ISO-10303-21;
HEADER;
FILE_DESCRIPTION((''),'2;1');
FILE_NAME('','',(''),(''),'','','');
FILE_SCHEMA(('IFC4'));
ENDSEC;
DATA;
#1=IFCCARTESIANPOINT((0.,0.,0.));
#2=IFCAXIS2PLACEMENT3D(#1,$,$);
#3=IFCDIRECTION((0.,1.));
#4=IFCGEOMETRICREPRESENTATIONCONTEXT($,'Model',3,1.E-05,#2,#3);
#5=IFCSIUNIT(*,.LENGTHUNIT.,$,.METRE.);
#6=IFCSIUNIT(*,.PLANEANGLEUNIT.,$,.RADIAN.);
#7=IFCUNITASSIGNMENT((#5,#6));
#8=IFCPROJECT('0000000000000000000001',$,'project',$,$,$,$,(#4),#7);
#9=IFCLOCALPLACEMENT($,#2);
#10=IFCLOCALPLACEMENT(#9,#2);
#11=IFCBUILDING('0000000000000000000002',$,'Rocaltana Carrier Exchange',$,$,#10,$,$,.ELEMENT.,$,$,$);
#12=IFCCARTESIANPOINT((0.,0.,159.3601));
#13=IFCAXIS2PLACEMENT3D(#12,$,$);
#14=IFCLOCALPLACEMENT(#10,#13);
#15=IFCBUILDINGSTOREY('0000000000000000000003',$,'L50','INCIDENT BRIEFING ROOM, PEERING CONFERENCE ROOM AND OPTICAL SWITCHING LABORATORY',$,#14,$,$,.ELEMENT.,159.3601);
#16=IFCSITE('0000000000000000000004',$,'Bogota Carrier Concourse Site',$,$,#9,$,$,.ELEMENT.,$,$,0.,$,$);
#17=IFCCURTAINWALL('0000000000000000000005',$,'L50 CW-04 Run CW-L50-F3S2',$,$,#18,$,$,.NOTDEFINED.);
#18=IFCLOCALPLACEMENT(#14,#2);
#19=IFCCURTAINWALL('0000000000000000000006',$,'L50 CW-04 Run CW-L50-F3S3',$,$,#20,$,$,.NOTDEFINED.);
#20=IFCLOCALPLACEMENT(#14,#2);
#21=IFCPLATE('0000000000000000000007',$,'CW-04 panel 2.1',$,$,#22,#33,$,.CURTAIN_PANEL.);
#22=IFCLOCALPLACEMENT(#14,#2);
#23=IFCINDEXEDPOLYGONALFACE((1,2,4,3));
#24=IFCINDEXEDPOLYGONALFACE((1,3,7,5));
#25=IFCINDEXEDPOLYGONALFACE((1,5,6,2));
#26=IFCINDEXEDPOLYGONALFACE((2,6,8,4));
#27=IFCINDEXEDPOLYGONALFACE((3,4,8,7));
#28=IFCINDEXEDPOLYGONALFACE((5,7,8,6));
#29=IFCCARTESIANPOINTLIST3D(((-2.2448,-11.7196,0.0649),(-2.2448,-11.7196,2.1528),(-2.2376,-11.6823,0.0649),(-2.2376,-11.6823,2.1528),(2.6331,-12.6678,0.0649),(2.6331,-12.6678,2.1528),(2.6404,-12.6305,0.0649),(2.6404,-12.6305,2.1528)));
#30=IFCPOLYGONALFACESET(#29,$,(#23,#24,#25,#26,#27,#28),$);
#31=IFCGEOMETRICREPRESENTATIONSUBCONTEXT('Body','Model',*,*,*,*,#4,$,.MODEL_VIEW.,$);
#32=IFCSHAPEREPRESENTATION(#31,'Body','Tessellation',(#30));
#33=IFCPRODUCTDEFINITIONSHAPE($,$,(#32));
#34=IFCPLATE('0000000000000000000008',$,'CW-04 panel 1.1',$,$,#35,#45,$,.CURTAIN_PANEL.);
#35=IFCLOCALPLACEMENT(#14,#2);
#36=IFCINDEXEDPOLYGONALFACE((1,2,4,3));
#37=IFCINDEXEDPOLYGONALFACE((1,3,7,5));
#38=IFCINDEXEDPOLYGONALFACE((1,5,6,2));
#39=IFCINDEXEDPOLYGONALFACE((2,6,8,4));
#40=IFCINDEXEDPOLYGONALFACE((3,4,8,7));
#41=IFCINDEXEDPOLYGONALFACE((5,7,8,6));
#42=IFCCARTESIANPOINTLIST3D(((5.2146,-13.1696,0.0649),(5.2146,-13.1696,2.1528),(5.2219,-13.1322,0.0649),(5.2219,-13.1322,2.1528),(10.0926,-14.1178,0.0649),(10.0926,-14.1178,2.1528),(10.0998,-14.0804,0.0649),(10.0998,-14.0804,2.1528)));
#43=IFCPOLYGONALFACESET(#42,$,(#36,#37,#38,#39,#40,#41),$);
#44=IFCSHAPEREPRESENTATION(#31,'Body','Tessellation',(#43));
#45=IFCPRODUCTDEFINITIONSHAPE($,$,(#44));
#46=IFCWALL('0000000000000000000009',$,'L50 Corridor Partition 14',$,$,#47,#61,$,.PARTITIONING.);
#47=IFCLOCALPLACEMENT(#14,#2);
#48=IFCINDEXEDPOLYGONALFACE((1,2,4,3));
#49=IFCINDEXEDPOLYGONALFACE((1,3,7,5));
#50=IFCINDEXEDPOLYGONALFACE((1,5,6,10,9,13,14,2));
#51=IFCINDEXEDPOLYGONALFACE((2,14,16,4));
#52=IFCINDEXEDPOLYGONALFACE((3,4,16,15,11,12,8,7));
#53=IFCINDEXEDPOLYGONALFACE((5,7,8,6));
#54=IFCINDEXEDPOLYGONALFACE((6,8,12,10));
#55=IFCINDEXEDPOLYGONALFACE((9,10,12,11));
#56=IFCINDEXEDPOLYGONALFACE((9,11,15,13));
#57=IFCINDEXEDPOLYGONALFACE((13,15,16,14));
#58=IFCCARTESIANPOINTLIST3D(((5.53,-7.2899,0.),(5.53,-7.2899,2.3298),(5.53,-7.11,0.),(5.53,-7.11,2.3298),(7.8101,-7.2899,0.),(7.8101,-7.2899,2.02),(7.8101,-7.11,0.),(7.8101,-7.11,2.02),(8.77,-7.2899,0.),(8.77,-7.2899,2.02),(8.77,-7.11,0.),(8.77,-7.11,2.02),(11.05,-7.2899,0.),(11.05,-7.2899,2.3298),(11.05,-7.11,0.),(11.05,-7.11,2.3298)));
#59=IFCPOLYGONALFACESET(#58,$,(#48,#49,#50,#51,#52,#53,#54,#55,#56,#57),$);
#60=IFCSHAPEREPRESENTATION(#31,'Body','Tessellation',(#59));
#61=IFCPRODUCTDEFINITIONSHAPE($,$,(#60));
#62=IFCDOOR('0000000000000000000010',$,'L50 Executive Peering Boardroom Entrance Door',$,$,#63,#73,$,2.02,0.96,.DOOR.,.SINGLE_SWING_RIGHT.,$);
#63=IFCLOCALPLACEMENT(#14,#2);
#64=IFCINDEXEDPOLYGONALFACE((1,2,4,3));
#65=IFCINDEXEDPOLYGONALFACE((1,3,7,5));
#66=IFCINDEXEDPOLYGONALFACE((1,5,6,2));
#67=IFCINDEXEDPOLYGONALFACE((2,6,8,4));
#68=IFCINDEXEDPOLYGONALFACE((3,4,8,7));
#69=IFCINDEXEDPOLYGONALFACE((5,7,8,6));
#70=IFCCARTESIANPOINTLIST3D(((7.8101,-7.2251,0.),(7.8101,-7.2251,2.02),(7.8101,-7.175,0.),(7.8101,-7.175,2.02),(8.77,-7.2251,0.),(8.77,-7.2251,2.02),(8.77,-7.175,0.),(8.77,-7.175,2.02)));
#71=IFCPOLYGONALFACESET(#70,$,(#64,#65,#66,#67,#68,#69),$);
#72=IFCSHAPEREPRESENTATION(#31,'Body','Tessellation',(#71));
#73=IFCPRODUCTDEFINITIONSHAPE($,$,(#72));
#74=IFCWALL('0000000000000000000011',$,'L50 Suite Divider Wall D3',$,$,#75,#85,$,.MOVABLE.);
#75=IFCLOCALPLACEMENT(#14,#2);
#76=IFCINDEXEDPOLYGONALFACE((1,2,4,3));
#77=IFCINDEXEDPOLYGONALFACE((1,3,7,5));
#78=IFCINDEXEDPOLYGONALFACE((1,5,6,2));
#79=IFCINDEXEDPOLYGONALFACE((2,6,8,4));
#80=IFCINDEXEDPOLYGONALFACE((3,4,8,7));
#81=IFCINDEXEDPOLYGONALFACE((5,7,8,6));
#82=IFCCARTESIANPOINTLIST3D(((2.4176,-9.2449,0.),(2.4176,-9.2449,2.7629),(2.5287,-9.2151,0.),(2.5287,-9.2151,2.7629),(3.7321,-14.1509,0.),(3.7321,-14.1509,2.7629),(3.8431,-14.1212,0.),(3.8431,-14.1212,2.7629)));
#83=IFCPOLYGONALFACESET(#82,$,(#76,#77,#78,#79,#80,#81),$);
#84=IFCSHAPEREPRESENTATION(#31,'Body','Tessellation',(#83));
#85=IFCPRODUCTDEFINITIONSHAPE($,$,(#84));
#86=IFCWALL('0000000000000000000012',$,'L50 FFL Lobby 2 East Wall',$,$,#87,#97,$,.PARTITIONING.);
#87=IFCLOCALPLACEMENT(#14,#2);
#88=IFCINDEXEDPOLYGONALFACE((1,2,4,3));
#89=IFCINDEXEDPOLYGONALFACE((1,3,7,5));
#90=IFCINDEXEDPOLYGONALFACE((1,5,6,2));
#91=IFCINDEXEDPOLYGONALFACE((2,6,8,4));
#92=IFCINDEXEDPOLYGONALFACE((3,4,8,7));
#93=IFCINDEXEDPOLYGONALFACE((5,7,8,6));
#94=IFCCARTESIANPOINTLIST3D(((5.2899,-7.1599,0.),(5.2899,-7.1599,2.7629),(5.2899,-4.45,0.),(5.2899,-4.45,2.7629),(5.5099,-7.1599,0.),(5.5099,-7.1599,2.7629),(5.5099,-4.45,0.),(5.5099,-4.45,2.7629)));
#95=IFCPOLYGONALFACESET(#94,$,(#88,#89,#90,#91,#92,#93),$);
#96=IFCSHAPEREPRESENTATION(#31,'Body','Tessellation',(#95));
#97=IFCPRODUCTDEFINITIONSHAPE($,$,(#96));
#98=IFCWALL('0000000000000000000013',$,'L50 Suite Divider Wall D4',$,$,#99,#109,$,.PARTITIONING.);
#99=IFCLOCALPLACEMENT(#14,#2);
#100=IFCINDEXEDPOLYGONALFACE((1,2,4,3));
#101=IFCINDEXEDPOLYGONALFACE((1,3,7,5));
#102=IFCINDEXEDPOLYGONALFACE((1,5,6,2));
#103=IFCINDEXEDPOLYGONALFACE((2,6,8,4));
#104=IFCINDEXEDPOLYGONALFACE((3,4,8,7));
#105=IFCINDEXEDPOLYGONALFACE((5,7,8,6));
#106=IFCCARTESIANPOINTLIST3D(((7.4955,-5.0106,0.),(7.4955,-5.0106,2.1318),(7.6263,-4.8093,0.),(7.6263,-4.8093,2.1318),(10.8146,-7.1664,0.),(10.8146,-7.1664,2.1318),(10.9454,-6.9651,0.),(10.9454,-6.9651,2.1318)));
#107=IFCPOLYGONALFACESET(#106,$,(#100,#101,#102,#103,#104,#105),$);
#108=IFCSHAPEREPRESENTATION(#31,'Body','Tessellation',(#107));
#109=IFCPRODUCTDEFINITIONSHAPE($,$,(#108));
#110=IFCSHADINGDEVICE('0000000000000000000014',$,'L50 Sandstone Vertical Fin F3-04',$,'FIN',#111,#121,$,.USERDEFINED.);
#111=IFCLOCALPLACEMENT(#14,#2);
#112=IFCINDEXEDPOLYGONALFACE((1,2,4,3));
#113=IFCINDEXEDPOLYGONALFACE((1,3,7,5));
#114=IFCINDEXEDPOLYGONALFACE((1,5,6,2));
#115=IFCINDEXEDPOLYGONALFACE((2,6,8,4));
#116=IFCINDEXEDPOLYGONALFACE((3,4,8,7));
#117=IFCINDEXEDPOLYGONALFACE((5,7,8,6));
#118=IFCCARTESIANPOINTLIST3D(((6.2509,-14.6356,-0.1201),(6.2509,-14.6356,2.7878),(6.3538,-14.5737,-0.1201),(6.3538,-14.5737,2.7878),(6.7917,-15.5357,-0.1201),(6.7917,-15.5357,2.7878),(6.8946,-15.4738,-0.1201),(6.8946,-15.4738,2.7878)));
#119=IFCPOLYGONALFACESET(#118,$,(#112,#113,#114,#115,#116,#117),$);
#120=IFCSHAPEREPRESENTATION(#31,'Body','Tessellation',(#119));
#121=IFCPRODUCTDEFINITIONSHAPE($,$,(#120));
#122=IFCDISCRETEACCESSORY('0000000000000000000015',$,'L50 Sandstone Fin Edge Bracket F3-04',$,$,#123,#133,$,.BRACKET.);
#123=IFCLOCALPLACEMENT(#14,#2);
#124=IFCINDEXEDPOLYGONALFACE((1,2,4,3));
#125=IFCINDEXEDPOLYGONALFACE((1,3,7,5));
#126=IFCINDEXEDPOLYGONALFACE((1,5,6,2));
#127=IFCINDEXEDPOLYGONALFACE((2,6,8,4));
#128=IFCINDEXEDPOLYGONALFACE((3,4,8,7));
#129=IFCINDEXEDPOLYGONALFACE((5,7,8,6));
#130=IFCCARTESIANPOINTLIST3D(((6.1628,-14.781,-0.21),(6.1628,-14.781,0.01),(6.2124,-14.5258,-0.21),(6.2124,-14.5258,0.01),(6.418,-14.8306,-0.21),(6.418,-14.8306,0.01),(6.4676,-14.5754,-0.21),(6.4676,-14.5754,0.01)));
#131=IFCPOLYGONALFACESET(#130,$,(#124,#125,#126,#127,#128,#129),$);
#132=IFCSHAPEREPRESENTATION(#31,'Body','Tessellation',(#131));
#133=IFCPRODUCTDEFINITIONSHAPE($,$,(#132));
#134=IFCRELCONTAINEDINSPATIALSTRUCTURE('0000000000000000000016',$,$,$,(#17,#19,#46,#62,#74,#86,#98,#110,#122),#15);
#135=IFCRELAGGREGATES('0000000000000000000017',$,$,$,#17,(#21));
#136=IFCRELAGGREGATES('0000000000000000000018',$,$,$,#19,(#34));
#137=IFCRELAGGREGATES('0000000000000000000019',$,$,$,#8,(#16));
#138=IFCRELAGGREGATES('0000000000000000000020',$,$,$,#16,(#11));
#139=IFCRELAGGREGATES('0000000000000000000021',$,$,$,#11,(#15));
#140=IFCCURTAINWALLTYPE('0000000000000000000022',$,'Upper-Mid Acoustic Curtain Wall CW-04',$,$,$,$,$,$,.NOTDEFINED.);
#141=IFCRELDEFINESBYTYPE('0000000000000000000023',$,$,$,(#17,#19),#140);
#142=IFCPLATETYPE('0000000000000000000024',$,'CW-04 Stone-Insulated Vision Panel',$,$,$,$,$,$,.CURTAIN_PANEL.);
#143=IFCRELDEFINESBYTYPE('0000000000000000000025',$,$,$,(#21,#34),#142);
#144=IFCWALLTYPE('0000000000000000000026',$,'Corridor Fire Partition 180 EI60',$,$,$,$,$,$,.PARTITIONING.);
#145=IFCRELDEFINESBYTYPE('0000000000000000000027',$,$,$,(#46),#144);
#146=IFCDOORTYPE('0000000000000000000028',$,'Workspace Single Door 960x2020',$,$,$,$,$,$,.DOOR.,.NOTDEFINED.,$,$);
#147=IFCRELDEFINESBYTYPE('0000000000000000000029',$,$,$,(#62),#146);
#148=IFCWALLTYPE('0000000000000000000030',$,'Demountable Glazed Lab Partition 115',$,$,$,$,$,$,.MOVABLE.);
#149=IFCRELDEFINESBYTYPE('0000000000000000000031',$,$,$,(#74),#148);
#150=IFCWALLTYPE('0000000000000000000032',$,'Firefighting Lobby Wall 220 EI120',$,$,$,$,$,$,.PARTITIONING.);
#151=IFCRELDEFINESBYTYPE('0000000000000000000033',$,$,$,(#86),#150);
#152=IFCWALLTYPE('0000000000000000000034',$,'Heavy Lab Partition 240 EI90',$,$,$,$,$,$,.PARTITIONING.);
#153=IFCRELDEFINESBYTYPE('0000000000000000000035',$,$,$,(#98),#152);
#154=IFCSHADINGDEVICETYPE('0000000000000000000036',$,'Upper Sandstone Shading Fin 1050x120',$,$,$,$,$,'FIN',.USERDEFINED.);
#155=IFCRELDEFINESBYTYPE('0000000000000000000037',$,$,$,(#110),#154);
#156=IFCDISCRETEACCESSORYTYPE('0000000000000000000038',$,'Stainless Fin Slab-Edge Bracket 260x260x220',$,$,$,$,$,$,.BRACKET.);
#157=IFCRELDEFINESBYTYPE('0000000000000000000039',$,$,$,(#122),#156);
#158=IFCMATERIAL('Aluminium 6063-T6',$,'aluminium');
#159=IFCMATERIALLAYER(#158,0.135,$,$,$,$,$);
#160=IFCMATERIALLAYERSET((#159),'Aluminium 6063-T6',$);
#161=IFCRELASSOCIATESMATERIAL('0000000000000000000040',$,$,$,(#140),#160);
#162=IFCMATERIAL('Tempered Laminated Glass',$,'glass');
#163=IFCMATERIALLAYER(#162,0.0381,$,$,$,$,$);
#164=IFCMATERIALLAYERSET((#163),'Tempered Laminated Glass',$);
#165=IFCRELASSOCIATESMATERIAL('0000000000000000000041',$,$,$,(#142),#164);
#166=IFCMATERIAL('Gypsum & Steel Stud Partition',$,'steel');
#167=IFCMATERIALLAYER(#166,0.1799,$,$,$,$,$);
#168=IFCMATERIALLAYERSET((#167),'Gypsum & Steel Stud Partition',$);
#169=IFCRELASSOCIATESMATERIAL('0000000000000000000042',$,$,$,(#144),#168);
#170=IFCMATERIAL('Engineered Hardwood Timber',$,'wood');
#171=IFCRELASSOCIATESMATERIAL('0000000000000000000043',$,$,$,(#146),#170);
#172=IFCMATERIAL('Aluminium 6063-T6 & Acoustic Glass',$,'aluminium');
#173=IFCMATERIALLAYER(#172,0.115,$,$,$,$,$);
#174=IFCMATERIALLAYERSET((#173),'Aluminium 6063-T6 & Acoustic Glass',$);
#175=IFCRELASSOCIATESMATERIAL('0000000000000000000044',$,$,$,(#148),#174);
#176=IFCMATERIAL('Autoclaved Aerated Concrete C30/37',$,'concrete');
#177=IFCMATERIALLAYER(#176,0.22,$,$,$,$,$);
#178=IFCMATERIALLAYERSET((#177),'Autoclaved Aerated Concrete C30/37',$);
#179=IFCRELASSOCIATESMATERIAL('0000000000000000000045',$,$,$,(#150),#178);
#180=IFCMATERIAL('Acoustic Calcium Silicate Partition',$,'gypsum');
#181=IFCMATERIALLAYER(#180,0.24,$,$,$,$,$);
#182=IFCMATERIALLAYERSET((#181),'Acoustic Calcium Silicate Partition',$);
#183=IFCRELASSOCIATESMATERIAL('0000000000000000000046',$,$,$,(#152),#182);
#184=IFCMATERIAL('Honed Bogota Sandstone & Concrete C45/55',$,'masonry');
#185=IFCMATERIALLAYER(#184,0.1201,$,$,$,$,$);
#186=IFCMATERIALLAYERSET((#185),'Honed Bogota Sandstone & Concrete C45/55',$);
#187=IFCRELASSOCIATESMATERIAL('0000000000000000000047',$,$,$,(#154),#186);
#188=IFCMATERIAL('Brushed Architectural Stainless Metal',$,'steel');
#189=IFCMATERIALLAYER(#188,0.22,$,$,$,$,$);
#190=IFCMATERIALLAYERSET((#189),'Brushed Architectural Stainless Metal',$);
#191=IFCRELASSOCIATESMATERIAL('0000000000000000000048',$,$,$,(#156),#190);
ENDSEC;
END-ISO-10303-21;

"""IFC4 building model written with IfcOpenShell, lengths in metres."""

from ifc_helpers import new_model, si_unit, direction, frame, frame_2d, origin, origin_2d, place, context, subcontext, project, spatial, rectangle, extrude, material, layer, layer_set, type_object, element, fill, aggregate, save


model = new_model("IFC4")

# Units and contexts
model_context = context("Model", 3, precision=1e-05, world=origin(), true_north=direction((0.0, 1.0)))
body_context = subcontext(model_context, "Body", "Model", "MODEL_VIEW")
ifc_project = project(units=[si_unit("LENGTHUNIT", "METRE"), si_unit("PLANEANGLEUNIT", "RADIAN")], contexts=[model_context])

# Site, building, storey
site_placement = place(None, origin())
site = spatial("IfcSite", under=ifc_project, at=site_placement, Name="Bogota Carrier Concourse Site", CompositionType="ELEMENT", RefElevation=0.0)
building_placement = place(site_placement, origin())
building = spatial("IfcBuilding", under=site, at=building_placement, Name="Rocaltana Carrier Exchange", CompositionType="ELEMENT")
storey_placement = place(building_placement, frame((0.0, 0.0, 159.3601)))
storey = spatial("IfcBuildingStorey", under=building, at=storey_placement, Name="L50", Description="INCIDENT BRIEFING ROOM, PEERING CONFERENCE ROOM AND OPTICAL SWITCHING LABORATORY", CompositionType="ELEMENT", Elevation=159.3601)

# Curtain wall
ifc_material_1 = material(Name="Aluminium 6063-T6", Category="aluminium")
ifc_layer_1 = layer(ifc_material_1, 0.135)
ifc_layer_set_1 = layer_set([ifc_layer_1], Name="Aluminium 6063-T6")
curtain_wall_type = type_object("IfcCurtainWallType", Name="Upper-Mid Acoustic Curtain Wall CW-04", PredefinedType="NOTDEFINED", material=ifc_layer_set_1)
curtain_wall_1_placement = place(storey_placement, origin())
curtain_wall_1 = element("IfcCurtainWall", 1, at=curtain_wall_1_placement, inside=storey, type_object=curtain_wall_type, Name="L50 CW-04 Run CW-L50-F3S2", PredefinedType="NOTDEFINED")

# Curtain wall
curtain_wall_2_placement = place(storey_placement, origin())
curtain_wall_2 = element("IfcCurtainWall", 2, at=curtain_wall_2_placement, inside=storey, type_object=curtain_wall_type, Name="L50 CW-04 Run CW-L50-F3S3", PredefinedType="NOTDEFINED")

# Plates
ifc_material_2 = material(Name="Tempered Laminated Glass", Category="glass")
ifc_layer_2 = layer(ifc_material_2, 0.0381)
ifc_layer_set_2 = layer_set([ifc_layer_2], Name="Tempered Laminated Glass")
plate_type = type_object("IfcPlateType", Name="CW-04 Stone-Insulated Vision Panel", PredefinedType="CURTAIN_PANEL", material=ifc_layer_set_2)
plate_1_placement = place(storey_placement, frame((0.1978, -12.175, 0.0649), z_axis=(0.0, 0.0, 1.0), x_axis=(0.981626, -0.190815, 0.0)))
plate_1 = element("IfcPlate", 3, at=plate_1_placement, type_object=plate_type, Name="CW-04 panel 2.1", PredefinedType="CURTAIN_PANEL", context=body_context, shape_type="SweptSolid", body=[
    extrude(rectangle(XDim=4.9692, YDim=0.0381, at=origin_2d()), origin(), (0.0, 0.0, 1.0), 2.0879),
])
aggregate(curtain_wall_1, [plate_1])
plate_2_placement = place(storey_placement, frame((7.6572, -13.625, 0.0649), z_axis=(0.0, 0.0, 1.0), x_axis=(0.981628, -0.190805, 0.0)))
plate_2 = element("IfcPlate", 4, at=plate_2_placement, type_object=plate_type, Name="CW-04 panel 1.1", PredefinedType="CURTAIN_PANEL", context=body_context, shape_type="SweptSolid", body=[
    extrude(rectangle(XDim=4.9692, YDim=0.0381, at=origin_2d()), origin(), (0.0, 0.0, 1.0), 2.0879),
])
aggregate(curtain_wall_2, [plate_2])

# Wall, opening, door
ifc_material_3 = material(Name="Gypsum & Steel Stud Partition", Category="steel")
ifc_layer_3 = layer(ifc_material_3, 0.1799)
ifc_layer_set_3 = layer_set([ifc_layer_3], Name="Gypsum & Steel Stud Partition")
wall_type_1 = type_object("IfcWallType", Name="Corridor Fire Partition 180 EI60", PredefinedType="PARTITIONING", material=ifc_layer_set_3)
wall_1_placement = place(storey_placement, frame((5.53, -7.2, 0.0), z_axis=(0.0, 0.0, 1.0), x_axis=(1.0, 0.0, 0.0)))
wall_1 = element("IfcWall", 5, at=wall_1_placement, inside=storey, type_object=wall_type_1, Name="L50 Corridor Partition 14", PredefinedType="PARTITIONING", context=body_context, shape_type="SweptSolid", body=[
    extrude(rectangle(XDim=5.52, YDim=0.1799, at=frame_2d((2.76, 0.0))), origin(), (0.0, 0.0, 1.0), 2.3298),
])
opening_placement = place(wall_1_placement, frame((2.28, 0.0, 0.0)))
opening = element("IfcOpeningElement", 6, at=opening_placement, cuts=wall_1, PredefinedType="OPENING", context=body_context, shape_type="SweptSolid", body=[
    extrude(rectangle(XDim=0.96, YDim=2.02, at=frame_2d((0.48, 1.01))), frame((0.0, 0.0999, 0.0), z_axis=(0.0, -1.0, 0.0), x_axis=(1.0, 0.0, 0.0)), (0.0, 0.0, 1.0), 0.2),
])
ifc_material_4 = material(Name="Engineered Hardwood Timber", Category="wood")
door_type = type_object("IfcDoorType", Name="Workspace Single Door 960x2020", OperationType="NOTDEFINED", PredefinedType="DOOR", material=ifc_material_4)
door_placement = place(opening_placement, origin())
door = element("IfcDoor", 7, at=door_placement, inside=storey, type_object=door_type, Name="L50 Executive Peering Boardroom Entrance Door", OperationType="SINGLE_SWING_RIGHT", OverallHeight=2.02, OverallWidth=0.96, PredefinedType="DOOR", context=body_context, shape_type="SweptSolid", body=[
    extrude(rectangle(XDim=0.96, YDim=2.02, at=frame_2d((0.48, 1.01))), frame((0.0, 0.0249, 0.0), z_axis=(0.0, -1.0, 0.0), x_axis=(1.0, 0.0, 0.0)), (0.0, 0.0, 1.0), 0.05),
])
fill(opening, door)

# Walls
ifc_material_5 = material(Name="Aluminium 6063-T6 & Acoustic Glass", Category="aluminium")
ifc_layer_4 = layer(ifc_material_5, 0.115)
ifc_layer_set_4 = layer_set([ifc_layer_4], Name="Aluminium 6063-T6 & Acoustic Glass")
wall_type_2 = type_object("IfcWallType", Name="Demountable Glazed Lab Partition 115", PredefinedType="MOVABLE", material=ifc_layer_set_4)
wall_2_placement = place(storey_placement, frame((2.4731, -9.23, 0.0), z_axis=(0.0, 0.0, 1.0), x_axis=(0.258799, -0.965931, 0.0)))
element("IfcWall", 8, at=wall_2_placement, inside=storey, type_object=wall_type_2, Name="L50 Suite Divider Wall D3", PredefinedType="MOVABLE", context=body_context, shape_type="SweptSolid", body=[
    extrude(rectangle(XDim=5.0791, YDim=0.115, at=frame_2d((2.5396, 0.0))), origin(), (0.0, 0.0, 1.0), 2.7629),
])
ifc_material_6 = material(Name="Autoclaved Aerated Concrete C30/37", Category="concrete")
ifc_layer_5 = layer(ifc_material_6, 0.22)
ifc_layer_set_5 = layer_set([ifc_layer_5], Name="Autoclaved Aerated Concrete C30/37")
wall_type_3 = type_object("IfcWallType", Name="Firefighting Lobby Wall 220 EI120", PredefinedType="PARTITIONING", material=ifc_layer_set_5)
wall_3_placement = place(storey_placement, frame((5.3999, -7.1599, 0.0), z_axis=(0.0, 0.0, 1.0), x_axis=(0.0, 1.0, 0.0)))
element("IfcWall", 9, at=wall_3_placement, inside=storey, type_object=wall_type_3, Name="L50 FFL Lobby 2 East Wall", PredefinedType="PARTITIONING", context=body_context, shape_type="SweptSolid", body=[
    extrude(rectangle(XDim=2.71, YDim=0.22, at=frame_2d((1.355, 0.0))), origin(), (0.0, 0.0, 1.0), 2.7629),
])
ifc_material_7 = material(Name="Acoustic Calcium Silicate Partition", Category="gypsum")
ifc_layer_6 = layer(ifc_material_7, 0.24)
ifc_layer_set_6 = layer_set([ifc_layer_6], Name="Acoustic Calcium Silicate Partition")
wall_type_4 = type_object("IfcWallType", Name="Heavy Lab Partition 240 EI90", PredefinedType="PARTITIONING", material=ifc_layer_set_6)
wall_4_placement = place(storey_placement, frame((7.5608, -4.9099, 0.0), z_axis=(0.0, 0.0, 1.0), x_axis=(0.838634, -0.544696, 0.0)))
element("IfcWall", 10, at=wall_4_placement, inside=storey, type_object=wall_type_4, Name="L50 Suite Divider Wall D4", PredefinedType="PARTITIONING", context=body_context, shape_type="SweptSolid", body=[
    extrude(rectangle(XDim=3.9578, YDim=0.24, at=frame_2d((1.979, 0.0))), origin(), (0.0, 0.0, 1.0), 2.1318),
])

# Shading device
ifc_material_8 = material(Name="Honed Bogota Sandstone & Concrete C45/55", Category="masonry")
ifc_layer_7 = layer(ifc_material_8, 0.1201)
ifc_layer_set_7 = layer_set([ifc_layer_7], Name="Honed Bogota Sandstone & Concrete C45/55")
shading_device_type = type_object("IfcShadingDeviceType", Name="Upper Sandstone Shading Fin 1050x120", ElementType="FIN", PredefinedType="USERDEFINED", material=ifc_layer_set_7)
shading_device_placement = place(storey_placement, frame((6.5728, -15.0547, -0.1201), z_axis=(0.0, 0.0, 1.0), x_axis=(0.515038, -0.857167, 0.0)))
element("IfcShadingDevice", 11, at=shading_device_placement, inside=storey, type_object=shading_device_type, Name="L50 Sandstone Vertical Fin F3-04", ObjectType="FIN", PredefinedType="USERDEFINED", context=body_context, shape_type="SweptSolid", body=[
    extrude(rectangle(XDim=1.05, YDim=0.1201, at=origin_2d()), origin(), (0.0, 0.0, 1.0), 2.908),
])

# Discrete accessory
ifc_material_9 = material(Name="Brushed Architectural Stainless Metal", Category="steel")
ifc_layer_8 = layer(ifc_material_9, 0.22)
ifc_layer_set_8 = layer_set([ifc_layer_8], Name="Brushed Architectural Stainless Metal")
discrete_accessory_type = type_object("IfcDiscreteAccessoryType", Name="Stainless Fin Slab-Edge Bracket 260x260x220", PredefinedType="BRACKET", material=ifc_layer_set_8)
discrete_accessory_placement = place(storey_placement, frame((6.3152, -14.6782, -0.21), z_axis=(0.0, 0.0, 1.0), x_axis=(0.981627, -0.190809, 0.0)))
element("IfcDiscreteAccessory", 12, at=discrete_accessory_placement, inside=storey, type_object=discrete_accessory_type, Name="L50 Sandstone Fin Edge Bracket F3-04", PredefinedType="BRACKET", context=body_context, shape_type="SweptSolid", body=[
    extrude(rectangle(XDim=0.26, YDim=0.26, at=origin_2d()), origin(), (0.0, 0.0, 1.0), 0.22),
])

save(model, "model.ifc")
